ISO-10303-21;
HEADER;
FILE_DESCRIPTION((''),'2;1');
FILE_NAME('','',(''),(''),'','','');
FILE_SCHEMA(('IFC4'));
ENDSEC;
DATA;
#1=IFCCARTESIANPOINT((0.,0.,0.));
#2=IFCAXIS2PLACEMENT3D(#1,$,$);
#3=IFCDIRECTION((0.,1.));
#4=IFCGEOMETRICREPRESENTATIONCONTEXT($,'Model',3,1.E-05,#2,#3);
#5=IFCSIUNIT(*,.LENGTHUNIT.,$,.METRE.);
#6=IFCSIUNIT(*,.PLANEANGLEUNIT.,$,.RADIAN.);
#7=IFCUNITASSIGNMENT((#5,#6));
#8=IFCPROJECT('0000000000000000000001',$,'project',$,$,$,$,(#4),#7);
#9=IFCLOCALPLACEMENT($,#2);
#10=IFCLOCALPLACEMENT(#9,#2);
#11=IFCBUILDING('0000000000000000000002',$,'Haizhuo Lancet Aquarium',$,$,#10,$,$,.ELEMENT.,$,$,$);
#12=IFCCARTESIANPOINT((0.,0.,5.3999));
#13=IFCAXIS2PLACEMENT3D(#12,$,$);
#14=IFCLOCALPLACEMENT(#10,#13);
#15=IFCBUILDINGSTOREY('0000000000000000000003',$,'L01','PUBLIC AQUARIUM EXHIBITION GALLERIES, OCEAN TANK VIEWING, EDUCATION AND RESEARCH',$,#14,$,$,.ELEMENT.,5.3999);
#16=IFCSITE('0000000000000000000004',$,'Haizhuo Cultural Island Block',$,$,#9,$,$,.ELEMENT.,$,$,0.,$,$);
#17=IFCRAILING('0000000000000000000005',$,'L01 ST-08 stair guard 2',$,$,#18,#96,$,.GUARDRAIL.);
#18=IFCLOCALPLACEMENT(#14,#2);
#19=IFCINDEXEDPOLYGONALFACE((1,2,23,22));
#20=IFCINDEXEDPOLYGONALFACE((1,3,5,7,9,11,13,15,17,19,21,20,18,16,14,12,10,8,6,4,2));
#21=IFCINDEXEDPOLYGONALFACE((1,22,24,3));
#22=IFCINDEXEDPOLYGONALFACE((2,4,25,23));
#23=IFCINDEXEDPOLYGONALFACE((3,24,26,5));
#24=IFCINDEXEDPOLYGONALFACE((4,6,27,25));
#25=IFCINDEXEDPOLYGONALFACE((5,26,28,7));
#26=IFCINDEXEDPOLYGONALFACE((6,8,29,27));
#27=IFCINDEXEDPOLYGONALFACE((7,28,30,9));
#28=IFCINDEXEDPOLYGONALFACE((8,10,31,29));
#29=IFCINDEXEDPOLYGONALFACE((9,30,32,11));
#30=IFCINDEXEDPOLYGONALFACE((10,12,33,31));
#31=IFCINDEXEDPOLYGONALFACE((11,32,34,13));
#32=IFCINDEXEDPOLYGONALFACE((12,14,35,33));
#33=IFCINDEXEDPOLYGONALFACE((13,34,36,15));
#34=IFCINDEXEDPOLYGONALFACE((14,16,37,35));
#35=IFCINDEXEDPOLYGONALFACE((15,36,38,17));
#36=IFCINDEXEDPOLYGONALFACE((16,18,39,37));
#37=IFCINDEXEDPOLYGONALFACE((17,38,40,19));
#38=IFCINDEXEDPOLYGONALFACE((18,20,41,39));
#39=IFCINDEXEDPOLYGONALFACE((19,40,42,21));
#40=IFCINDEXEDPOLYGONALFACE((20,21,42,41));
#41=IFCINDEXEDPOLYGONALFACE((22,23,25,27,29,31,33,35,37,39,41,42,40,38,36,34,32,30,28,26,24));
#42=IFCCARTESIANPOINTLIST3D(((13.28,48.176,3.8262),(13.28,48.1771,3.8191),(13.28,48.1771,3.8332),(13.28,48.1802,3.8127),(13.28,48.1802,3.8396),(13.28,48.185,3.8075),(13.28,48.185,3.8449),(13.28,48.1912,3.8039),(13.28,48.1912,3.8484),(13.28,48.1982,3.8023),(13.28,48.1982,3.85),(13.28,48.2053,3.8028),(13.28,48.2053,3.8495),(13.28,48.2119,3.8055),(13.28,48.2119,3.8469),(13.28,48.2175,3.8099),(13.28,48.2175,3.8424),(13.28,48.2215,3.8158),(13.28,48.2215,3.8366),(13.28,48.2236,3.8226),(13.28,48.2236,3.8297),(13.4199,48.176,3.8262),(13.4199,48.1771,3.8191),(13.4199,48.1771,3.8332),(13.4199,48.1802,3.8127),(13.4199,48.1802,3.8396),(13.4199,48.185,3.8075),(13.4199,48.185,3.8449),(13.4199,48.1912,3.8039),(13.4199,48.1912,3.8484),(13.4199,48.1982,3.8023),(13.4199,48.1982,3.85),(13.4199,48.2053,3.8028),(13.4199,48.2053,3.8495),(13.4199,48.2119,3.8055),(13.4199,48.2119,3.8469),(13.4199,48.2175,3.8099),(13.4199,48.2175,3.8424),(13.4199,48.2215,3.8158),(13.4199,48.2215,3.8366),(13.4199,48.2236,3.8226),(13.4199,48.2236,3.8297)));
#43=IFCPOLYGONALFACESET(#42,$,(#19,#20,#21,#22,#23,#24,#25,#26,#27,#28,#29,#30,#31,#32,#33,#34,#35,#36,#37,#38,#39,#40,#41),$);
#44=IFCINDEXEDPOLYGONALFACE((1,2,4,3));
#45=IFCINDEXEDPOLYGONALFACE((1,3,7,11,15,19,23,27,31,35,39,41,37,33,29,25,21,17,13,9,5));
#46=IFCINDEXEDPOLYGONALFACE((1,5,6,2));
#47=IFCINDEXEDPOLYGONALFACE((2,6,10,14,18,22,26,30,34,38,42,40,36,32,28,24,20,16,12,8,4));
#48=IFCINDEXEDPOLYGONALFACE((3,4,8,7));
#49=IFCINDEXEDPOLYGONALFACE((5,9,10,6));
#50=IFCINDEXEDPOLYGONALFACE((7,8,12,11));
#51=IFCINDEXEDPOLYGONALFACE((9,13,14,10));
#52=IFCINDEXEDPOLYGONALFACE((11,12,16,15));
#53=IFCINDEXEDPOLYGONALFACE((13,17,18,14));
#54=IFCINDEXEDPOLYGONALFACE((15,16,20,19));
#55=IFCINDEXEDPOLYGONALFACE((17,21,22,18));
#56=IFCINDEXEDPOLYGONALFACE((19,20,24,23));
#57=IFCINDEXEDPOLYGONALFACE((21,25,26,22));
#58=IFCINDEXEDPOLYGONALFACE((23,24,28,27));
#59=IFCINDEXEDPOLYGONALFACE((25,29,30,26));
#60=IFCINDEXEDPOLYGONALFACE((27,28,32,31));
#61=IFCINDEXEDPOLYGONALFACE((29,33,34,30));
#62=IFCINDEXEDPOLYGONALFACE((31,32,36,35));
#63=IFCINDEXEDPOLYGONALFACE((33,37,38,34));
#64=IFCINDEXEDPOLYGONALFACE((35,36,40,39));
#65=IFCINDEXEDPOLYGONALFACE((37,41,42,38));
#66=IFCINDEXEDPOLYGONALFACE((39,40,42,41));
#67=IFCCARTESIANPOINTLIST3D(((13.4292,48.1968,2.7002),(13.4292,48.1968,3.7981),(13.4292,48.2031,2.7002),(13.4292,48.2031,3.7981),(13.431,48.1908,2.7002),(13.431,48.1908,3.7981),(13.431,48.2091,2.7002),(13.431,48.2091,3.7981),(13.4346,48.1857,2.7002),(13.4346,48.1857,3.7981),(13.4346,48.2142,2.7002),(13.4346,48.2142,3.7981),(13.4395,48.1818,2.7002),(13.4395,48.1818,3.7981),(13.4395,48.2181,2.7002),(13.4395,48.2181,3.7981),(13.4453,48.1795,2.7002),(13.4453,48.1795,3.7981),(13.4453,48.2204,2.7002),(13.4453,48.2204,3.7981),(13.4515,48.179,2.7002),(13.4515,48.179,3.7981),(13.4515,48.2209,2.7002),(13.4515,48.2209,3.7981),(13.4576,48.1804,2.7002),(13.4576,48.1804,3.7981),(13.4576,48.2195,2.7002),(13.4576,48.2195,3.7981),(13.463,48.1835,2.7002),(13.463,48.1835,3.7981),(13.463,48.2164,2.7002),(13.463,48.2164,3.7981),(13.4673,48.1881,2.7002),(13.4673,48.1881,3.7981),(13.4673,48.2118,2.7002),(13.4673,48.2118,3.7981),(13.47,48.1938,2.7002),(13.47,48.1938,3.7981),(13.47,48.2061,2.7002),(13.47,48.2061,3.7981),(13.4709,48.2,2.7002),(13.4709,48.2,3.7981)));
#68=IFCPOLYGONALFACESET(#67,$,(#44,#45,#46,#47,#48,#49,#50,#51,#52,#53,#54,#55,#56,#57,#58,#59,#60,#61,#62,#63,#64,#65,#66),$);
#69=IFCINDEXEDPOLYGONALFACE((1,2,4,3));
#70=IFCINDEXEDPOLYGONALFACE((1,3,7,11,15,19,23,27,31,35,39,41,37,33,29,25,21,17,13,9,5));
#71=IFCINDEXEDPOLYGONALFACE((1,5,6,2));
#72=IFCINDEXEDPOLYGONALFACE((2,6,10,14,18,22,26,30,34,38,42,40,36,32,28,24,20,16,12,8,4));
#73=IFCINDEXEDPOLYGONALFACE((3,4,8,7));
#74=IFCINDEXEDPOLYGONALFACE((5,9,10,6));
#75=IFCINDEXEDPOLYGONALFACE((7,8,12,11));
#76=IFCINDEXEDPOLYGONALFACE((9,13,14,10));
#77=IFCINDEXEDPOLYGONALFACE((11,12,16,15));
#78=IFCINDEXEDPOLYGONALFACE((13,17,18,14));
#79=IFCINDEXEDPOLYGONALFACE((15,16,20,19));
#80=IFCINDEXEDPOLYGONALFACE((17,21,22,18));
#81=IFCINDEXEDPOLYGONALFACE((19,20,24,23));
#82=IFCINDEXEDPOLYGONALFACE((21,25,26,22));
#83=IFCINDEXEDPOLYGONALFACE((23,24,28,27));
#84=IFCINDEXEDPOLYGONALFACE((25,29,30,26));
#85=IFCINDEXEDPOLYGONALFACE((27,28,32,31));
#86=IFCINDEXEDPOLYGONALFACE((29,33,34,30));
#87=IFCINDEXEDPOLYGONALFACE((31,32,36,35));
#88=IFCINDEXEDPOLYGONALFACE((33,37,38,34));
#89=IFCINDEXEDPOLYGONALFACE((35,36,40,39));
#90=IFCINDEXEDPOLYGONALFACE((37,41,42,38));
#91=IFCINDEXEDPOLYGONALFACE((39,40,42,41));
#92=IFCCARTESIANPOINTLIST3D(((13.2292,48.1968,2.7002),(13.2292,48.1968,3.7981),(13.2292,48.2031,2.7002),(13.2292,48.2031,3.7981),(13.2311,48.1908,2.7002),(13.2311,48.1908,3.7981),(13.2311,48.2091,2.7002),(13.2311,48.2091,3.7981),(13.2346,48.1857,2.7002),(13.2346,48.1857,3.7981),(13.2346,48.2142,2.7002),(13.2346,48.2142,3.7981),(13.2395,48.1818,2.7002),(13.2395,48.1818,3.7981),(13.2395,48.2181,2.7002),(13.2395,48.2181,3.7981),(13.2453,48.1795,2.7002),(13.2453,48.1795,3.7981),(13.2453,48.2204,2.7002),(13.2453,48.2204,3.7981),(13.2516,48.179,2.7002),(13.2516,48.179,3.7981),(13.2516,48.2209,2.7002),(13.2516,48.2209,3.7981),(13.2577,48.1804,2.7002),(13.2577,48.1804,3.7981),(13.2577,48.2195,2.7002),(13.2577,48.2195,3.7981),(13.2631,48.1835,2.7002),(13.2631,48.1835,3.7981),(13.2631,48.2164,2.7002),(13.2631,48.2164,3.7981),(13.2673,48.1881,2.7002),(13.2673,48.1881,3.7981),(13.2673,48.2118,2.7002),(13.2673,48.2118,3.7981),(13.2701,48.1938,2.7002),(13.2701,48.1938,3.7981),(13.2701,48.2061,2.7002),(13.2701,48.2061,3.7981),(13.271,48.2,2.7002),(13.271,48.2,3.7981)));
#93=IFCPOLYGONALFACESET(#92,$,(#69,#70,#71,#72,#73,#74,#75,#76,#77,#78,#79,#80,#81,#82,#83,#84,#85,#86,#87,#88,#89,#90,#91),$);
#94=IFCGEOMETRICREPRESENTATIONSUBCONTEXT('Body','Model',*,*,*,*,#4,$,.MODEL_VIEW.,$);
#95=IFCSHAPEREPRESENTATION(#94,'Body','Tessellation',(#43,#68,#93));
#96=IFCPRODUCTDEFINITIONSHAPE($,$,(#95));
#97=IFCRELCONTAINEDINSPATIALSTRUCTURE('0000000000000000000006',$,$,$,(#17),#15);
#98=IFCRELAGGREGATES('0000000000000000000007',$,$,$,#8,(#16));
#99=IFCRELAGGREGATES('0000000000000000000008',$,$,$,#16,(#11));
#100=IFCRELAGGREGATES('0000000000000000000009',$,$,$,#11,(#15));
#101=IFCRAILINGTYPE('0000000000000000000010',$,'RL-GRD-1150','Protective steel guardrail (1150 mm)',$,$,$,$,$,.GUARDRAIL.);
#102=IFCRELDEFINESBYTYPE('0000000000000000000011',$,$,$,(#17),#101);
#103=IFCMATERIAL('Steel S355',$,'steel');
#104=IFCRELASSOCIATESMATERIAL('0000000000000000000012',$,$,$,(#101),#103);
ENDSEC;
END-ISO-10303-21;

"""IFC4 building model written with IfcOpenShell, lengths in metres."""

from ifc_helpers import new_model, si_unit, direction, frame, origin, origin_2d, place, context, subcontext, project, spatial, circle, extrude, material, type_object, element, save


model = new_model("IFC4")

# Units and contexts
model_context = context("Model", 3, precision=1e-05, world=origin(), true_north=direction((0.0, 1.0)))
body_context = subcontext(model_context, "Body", "Model", "MODEL_VIEW")
ifc_project = project(units=[si_unit("LENGTHUNIT", "METRE"), si_unit("PLANEANGLEUNIT", "RADIAN")], contexts=[model_context])

# Site, building, storey
site_placement = place(None, origin())
site = spatial("IfcSite", under=ifc_project, at=site_placement, Name="Haizhuo Cultural Island Block", CompositionType="ELEMENT", RefElevation=0.0)
building_placement = place(site_placement, origin())
building = spatial("IfcBuilding", under=site, at=building_placement, Name="Haizhuo Lancet Aquarium", CompositionType="ELEMENT")
storey_placement = place(building_placement, frame((0.0, 0.0, 5.3999)))
storey = spatial("IfcBuildingStorey", under=building, at=storey_placement, Name="L01", Description="PUBLIC AQUARIUM EXHIBITION GALLERIES, OCEAN TANK VIEWING, EDUCATION AND RESEARCH", CompositionType="ELEMENT", Elevation=5.3999)

# Shared definitions
ifc_material_1 = material(Name="Steel S355", Category="steel")

# Railing
railing_type_1 = type_object("IfcRailingType", Name="RL-GRD-1150", Description="Protective steel guardrail (1150 mm)", PredefinedType="GUARDRAIL", material=ifc_material_1)
railing_1_placement = place(storey_placement, frame((13.45, 48.2, 2.7002)))
element("IfcRailing", 1, at=railing_1_placement, inside=storey, type_object=railing_type_1, Name="L01 ST-08 stair guard 2", PredefinedType="GUARDRAIL", context=body_context, shape_type="SweptSolid", body=[
    extrude(circle(Radius=0.0239, at=origin_2d()), frame((-0.03, 0.0, 1.126), z_axis=(-1.0, 0.0, 0.0), x_axis=(0.0, -1.0, 0.0)), (0.0, 0.0, 1.0), 0.1399),
    extrude(circle(Radius=0.021, at=origin_2d()), origin(), (0.0, 0.0, 1.0), 1.0979),
    extrude(circle(Radius=0.021, at=origin_2d()), frame((-0.2, 0.0, 0.0)), (0.0, 0.0, 1.0), 1.0979),
])

save(model, "model.ifc")
